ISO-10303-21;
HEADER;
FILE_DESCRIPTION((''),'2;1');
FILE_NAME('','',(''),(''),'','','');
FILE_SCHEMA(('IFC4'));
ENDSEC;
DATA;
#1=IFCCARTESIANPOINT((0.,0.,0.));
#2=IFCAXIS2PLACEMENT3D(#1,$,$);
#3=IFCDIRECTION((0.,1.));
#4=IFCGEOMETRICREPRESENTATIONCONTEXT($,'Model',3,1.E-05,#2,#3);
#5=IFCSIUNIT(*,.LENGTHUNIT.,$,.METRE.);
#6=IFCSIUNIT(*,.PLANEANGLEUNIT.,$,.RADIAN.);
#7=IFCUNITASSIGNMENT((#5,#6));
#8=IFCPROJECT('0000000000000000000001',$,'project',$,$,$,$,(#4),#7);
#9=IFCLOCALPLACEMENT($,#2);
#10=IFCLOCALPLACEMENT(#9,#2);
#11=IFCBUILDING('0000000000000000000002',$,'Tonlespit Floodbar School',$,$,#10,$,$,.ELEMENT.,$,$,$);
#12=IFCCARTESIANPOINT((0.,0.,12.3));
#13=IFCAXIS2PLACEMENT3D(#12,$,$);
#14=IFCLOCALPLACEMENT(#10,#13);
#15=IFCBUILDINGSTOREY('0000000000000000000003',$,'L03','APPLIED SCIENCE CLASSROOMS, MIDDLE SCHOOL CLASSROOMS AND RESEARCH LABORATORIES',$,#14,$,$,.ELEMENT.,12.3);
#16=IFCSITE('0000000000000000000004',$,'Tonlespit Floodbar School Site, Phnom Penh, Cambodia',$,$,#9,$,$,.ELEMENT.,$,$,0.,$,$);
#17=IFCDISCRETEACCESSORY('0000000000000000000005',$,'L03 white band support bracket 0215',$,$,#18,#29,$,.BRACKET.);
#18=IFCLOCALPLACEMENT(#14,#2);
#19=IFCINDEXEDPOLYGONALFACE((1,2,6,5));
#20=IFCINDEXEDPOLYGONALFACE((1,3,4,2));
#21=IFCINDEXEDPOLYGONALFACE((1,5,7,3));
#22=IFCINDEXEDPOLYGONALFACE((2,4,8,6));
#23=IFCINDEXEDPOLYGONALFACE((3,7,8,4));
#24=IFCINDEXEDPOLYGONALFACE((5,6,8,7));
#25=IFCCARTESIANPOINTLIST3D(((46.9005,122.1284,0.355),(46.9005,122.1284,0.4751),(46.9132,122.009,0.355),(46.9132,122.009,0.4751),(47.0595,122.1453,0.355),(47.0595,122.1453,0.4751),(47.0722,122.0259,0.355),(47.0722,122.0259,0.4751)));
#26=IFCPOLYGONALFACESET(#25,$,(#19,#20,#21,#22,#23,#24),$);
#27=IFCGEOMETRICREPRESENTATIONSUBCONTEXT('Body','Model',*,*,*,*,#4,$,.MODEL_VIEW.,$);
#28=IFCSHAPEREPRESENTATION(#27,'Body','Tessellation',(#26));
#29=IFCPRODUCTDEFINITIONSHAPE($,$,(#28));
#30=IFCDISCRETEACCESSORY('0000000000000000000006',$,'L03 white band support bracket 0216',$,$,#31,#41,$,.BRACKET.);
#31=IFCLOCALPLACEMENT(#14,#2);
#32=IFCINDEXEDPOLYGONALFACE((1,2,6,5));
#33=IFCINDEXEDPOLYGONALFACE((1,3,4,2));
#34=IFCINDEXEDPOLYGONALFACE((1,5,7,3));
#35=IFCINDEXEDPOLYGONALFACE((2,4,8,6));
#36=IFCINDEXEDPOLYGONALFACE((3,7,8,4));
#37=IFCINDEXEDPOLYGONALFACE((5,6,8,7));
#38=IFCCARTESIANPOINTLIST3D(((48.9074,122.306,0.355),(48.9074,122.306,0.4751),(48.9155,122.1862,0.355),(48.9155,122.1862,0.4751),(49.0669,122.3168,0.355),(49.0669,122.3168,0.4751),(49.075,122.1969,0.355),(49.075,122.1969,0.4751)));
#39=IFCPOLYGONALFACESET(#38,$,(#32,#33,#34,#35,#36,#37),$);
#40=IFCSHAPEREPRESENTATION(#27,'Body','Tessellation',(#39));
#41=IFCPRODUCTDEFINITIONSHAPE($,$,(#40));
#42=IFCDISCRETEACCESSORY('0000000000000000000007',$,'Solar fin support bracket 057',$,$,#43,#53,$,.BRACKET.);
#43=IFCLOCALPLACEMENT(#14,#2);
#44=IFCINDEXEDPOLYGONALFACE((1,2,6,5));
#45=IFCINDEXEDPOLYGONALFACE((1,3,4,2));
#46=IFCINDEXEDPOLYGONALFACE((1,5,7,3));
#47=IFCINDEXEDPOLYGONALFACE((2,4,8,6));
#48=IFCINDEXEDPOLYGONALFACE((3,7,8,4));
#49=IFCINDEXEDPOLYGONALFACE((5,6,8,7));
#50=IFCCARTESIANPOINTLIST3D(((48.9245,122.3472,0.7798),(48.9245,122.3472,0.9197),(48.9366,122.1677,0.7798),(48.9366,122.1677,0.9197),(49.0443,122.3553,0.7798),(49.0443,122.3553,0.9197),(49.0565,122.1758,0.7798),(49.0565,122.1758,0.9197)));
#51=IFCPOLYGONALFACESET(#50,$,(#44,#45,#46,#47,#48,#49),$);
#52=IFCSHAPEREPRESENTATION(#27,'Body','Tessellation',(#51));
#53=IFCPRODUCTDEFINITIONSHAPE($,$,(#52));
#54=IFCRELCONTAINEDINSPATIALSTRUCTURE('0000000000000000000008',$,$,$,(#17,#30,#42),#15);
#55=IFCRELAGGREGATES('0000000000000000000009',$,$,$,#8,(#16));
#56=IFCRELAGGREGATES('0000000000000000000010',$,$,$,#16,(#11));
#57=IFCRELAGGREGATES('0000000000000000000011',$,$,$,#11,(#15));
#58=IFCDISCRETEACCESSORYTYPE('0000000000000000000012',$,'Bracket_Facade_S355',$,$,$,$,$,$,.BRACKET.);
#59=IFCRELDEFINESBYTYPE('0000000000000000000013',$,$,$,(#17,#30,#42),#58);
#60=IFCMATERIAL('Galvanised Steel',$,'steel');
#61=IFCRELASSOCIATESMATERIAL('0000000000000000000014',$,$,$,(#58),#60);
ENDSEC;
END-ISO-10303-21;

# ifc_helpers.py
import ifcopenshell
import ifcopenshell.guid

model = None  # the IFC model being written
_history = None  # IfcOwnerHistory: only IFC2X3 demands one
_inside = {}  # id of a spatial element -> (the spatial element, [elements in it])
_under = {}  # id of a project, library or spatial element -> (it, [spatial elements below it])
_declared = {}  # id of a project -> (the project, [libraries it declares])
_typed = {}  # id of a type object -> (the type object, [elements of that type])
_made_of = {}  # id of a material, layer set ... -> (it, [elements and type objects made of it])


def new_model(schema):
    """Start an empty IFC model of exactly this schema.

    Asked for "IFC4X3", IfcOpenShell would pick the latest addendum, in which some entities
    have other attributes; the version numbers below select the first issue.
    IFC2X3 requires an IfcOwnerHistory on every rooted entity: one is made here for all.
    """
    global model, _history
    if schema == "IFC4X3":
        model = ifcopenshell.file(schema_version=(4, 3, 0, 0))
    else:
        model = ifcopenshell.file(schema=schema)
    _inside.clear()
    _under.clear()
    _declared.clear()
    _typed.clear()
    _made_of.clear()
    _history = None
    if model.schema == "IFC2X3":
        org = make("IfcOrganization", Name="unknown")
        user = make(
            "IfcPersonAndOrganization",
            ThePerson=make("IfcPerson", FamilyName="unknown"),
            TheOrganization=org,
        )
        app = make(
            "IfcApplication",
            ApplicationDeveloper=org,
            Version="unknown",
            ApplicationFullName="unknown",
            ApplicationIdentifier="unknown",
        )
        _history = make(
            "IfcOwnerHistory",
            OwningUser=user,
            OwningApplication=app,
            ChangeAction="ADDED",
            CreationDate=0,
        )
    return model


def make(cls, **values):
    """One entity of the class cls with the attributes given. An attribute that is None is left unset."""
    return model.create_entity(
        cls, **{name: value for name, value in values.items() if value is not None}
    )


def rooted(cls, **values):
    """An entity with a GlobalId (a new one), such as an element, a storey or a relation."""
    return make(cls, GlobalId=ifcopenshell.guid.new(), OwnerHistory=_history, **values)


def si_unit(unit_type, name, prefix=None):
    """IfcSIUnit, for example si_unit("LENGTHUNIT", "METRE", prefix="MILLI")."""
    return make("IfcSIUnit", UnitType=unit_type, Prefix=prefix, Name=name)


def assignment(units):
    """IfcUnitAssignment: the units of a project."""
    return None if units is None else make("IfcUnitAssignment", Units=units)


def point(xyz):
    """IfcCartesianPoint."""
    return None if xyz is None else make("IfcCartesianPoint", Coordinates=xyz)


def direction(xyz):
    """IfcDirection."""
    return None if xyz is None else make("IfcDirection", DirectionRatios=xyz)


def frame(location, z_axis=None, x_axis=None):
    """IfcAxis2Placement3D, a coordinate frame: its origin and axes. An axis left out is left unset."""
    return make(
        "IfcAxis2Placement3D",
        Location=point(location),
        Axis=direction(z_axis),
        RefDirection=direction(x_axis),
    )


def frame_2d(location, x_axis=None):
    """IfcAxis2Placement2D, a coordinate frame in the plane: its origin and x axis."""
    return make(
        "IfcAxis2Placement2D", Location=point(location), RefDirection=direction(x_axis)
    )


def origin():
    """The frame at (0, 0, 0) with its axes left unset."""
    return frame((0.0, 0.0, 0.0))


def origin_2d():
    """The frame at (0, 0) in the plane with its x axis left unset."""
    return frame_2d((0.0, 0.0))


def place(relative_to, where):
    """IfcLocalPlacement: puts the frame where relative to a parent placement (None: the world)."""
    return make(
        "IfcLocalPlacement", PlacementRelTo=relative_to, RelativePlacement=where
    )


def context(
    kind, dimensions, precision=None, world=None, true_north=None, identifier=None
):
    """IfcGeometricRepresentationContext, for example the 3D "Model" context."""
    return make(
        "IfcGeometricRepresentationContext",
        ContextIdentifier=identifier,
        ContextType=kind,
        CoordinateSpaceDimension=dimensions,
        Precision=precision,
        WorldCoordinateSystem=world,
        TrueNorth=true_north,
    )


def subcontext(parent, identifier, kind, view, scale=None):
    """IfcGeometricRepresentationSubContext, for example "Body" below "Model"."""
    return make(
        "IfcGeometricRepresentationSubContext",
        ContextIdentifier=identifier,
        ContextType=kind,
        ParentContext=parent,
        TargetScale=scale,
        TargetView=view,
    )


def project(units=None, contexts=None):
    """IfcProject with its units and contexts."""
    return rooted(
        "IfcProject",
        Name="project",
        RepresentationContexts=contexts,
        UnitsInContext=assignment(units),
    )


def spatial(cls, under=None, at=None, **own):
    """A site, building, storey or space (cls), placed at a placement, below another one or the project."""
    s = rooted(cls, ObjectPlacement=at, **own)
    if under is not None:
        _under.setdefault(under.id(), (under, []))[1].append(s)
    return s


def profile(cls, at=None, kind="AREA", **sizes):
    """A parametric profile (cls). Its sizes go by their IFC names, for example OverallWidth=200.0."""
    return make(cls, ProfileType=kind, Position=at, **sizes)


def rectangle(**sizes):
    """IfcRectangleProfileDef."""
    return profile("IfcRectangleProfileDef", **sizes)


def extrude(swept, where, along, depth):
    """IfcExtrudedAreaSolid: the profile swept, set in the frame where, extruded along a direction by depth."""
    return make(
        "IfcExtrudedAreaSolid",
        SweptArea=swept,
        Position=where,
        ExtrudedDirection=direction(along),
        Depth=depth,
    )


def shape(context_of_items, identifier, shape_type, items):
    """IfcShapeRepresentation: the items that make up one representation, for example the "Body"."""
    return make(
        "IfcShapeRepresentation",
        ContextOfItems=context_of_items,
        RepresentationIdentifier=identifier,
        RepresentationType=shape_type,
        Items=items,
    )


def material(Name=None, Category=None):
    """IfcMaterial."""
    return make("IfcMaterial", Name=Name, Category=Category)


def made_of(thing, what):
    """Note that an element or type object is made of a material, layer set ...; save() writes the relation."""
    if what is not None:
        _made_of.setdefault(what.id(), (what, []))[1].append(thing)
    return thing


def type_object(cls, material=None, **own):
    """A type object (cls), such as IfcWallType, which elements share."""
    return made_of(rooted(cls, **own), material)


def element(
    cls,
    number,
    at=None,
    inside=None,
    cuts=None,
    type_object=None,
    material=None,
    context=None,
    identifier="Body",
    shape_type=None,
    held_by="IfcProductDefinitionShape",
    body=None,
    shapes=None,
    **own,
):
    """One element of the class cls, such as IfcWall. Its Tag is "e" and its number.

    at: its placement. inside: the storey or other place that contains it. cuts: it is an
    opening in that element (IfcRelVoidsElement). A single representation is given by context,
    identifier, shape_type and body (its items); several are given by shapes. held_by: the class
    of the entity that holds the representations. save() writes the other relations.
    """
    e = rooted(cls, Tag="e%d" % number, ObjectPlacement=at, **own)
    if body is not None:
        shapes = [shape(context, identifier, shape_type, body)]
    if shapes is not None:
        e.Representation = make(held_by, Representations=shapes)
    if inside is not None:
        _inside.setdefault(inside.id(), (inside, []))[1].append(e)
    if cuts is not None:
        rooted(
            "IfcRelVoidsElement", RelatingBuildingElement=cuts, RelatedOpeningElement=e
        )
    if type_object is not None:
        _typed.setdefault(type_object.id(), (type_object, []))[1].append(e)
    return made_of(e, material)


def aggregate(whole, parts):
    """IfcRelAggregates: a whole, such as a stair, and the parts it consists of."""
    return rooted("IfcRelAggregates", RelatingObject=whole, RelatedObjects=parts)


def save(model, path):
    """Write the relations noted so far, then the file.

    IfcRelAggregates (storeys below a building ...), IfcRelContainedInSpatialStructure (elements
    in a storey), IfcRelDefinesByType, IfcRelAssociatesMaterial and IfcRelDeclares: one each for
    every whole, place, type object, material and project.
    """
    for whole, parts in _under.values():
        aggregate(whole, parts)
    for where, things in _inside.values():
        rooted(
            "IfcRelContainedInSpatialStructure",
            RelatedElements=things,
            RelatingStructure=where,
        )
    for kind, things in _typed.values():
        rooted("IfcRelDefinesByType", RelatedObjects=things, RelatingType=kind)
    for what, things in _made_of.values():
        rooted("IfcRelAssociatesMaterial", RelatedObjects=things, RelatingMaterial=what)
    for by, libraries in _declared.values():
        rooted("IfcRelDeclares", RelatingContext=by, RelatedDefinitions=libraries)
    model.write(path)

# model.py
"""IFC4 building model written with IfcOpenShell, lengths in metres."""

from ifc_helpers import new_model, si_unit, direction, frame, origin, origin_2d, place, context, subcontext, project, spatial, rectangle, extrude, material, type_object, element, save


model = new_model("IFC4")

# Units and contexts
model_context = context("Model", 3, precision=1e-05, world=origin(), true_north=direction((0.0, 1.0)))
body_context = subcontext(model_context, "Body", "Model", "MODEL_VIEW")
ifc_project = project(units=[si_unit("LENGTHUNIT", "METRE"), si_unit("PLANEANGLEUNIT", "RADIAN")], contexts=[model_context])

# Site, building, storey
site_placement = place(None, origin())
site = spatial("IfcSite", under=ifc_project, at=site_placement, Name="Tonlespit Floodbar School Site, Phnom Penh, Cambodia", CompositionType="ELEMENT", RefElevation=0.0)
building_placement = place(site_placement, origin())
building = spatial("IfcBuilding", under=site, at=building_placement, Name="Tonlespit Floodbar School", CompositionType="ELEMENT")
storey_placement = place(building_placement, frame((0.0, 0.0, 12.3)))
storey = spatial("IfcBuildingStorey", under=building, at=storey_placement, Name="L03", Description="APPLIED SCIENCE CLASSROOMS, MIDDLE SCHOOL CLASSROOMS AND RESEARCH LABORATORIES", CompositionType="ELEMENT", Elevation=12.3)

# Discrete accessories
ifc_material_1 = material(Name="Galvanised Steel", Category="steel")
discrete_accessory_type = type_object("IfcDiscreteAccessoryType", Name="Bracket_Facade_S355", PredefinedType="BRACKET", material=ifc_material_1)
for number, where, z_axis, x_axis, name in (
    (1, (46.9863, 122.0771, 0.355), (0.0, 0.0, 1.0), (0.994392, 0.105754, 0.0), "L03 white band support bracket 0215"),
    (2, (48.9912, 122.2515, 0.355), (0.0, 0.0, 1.0), (0.99773, 0.067347, 0.0), "L03 white band support bracket 0216"),
):
    element("IfcDiscreteAccessory", number, at=place(storey_placement, frame(where, z_axis=z_axis, x_axis=x_axis)), inside=storey, type_object=discrete_accessory_type, Name=name, PredefinedType="BRACKET", context=body_context, shape_type="SweptSolid", body=[
        extrude(rectangle(XDim=0.1599, YDim=0.1201, at=origin_2d()), origin(), (0.0, 0.0, 1.0), 0.1201),
    ])
discrete_accessory_1_placement = place(storey_placement, frame((48.9905, 122.2615, 0.7798), z_axis=(0.0, 0.0, 1.0), x_axis=(0.99773, 0.067347, 0.0)))
element("IfcDiscreteAccessory", 3, at=discrete_accessory_1_placement, inside=storey, type_object=discrete_accessory_type, Name="Solar fin support bracket 057", PredefinedType="BRACKET", context=body_context, shape_type="SweptSolid", body=[
    extrude(rectangle(XDim=0.1201, YDim=0.1799, at=origin_2d()), origin(), (0.0, 0.0, 1.0), 0.1399),
])

save(model, "model.ifc")
